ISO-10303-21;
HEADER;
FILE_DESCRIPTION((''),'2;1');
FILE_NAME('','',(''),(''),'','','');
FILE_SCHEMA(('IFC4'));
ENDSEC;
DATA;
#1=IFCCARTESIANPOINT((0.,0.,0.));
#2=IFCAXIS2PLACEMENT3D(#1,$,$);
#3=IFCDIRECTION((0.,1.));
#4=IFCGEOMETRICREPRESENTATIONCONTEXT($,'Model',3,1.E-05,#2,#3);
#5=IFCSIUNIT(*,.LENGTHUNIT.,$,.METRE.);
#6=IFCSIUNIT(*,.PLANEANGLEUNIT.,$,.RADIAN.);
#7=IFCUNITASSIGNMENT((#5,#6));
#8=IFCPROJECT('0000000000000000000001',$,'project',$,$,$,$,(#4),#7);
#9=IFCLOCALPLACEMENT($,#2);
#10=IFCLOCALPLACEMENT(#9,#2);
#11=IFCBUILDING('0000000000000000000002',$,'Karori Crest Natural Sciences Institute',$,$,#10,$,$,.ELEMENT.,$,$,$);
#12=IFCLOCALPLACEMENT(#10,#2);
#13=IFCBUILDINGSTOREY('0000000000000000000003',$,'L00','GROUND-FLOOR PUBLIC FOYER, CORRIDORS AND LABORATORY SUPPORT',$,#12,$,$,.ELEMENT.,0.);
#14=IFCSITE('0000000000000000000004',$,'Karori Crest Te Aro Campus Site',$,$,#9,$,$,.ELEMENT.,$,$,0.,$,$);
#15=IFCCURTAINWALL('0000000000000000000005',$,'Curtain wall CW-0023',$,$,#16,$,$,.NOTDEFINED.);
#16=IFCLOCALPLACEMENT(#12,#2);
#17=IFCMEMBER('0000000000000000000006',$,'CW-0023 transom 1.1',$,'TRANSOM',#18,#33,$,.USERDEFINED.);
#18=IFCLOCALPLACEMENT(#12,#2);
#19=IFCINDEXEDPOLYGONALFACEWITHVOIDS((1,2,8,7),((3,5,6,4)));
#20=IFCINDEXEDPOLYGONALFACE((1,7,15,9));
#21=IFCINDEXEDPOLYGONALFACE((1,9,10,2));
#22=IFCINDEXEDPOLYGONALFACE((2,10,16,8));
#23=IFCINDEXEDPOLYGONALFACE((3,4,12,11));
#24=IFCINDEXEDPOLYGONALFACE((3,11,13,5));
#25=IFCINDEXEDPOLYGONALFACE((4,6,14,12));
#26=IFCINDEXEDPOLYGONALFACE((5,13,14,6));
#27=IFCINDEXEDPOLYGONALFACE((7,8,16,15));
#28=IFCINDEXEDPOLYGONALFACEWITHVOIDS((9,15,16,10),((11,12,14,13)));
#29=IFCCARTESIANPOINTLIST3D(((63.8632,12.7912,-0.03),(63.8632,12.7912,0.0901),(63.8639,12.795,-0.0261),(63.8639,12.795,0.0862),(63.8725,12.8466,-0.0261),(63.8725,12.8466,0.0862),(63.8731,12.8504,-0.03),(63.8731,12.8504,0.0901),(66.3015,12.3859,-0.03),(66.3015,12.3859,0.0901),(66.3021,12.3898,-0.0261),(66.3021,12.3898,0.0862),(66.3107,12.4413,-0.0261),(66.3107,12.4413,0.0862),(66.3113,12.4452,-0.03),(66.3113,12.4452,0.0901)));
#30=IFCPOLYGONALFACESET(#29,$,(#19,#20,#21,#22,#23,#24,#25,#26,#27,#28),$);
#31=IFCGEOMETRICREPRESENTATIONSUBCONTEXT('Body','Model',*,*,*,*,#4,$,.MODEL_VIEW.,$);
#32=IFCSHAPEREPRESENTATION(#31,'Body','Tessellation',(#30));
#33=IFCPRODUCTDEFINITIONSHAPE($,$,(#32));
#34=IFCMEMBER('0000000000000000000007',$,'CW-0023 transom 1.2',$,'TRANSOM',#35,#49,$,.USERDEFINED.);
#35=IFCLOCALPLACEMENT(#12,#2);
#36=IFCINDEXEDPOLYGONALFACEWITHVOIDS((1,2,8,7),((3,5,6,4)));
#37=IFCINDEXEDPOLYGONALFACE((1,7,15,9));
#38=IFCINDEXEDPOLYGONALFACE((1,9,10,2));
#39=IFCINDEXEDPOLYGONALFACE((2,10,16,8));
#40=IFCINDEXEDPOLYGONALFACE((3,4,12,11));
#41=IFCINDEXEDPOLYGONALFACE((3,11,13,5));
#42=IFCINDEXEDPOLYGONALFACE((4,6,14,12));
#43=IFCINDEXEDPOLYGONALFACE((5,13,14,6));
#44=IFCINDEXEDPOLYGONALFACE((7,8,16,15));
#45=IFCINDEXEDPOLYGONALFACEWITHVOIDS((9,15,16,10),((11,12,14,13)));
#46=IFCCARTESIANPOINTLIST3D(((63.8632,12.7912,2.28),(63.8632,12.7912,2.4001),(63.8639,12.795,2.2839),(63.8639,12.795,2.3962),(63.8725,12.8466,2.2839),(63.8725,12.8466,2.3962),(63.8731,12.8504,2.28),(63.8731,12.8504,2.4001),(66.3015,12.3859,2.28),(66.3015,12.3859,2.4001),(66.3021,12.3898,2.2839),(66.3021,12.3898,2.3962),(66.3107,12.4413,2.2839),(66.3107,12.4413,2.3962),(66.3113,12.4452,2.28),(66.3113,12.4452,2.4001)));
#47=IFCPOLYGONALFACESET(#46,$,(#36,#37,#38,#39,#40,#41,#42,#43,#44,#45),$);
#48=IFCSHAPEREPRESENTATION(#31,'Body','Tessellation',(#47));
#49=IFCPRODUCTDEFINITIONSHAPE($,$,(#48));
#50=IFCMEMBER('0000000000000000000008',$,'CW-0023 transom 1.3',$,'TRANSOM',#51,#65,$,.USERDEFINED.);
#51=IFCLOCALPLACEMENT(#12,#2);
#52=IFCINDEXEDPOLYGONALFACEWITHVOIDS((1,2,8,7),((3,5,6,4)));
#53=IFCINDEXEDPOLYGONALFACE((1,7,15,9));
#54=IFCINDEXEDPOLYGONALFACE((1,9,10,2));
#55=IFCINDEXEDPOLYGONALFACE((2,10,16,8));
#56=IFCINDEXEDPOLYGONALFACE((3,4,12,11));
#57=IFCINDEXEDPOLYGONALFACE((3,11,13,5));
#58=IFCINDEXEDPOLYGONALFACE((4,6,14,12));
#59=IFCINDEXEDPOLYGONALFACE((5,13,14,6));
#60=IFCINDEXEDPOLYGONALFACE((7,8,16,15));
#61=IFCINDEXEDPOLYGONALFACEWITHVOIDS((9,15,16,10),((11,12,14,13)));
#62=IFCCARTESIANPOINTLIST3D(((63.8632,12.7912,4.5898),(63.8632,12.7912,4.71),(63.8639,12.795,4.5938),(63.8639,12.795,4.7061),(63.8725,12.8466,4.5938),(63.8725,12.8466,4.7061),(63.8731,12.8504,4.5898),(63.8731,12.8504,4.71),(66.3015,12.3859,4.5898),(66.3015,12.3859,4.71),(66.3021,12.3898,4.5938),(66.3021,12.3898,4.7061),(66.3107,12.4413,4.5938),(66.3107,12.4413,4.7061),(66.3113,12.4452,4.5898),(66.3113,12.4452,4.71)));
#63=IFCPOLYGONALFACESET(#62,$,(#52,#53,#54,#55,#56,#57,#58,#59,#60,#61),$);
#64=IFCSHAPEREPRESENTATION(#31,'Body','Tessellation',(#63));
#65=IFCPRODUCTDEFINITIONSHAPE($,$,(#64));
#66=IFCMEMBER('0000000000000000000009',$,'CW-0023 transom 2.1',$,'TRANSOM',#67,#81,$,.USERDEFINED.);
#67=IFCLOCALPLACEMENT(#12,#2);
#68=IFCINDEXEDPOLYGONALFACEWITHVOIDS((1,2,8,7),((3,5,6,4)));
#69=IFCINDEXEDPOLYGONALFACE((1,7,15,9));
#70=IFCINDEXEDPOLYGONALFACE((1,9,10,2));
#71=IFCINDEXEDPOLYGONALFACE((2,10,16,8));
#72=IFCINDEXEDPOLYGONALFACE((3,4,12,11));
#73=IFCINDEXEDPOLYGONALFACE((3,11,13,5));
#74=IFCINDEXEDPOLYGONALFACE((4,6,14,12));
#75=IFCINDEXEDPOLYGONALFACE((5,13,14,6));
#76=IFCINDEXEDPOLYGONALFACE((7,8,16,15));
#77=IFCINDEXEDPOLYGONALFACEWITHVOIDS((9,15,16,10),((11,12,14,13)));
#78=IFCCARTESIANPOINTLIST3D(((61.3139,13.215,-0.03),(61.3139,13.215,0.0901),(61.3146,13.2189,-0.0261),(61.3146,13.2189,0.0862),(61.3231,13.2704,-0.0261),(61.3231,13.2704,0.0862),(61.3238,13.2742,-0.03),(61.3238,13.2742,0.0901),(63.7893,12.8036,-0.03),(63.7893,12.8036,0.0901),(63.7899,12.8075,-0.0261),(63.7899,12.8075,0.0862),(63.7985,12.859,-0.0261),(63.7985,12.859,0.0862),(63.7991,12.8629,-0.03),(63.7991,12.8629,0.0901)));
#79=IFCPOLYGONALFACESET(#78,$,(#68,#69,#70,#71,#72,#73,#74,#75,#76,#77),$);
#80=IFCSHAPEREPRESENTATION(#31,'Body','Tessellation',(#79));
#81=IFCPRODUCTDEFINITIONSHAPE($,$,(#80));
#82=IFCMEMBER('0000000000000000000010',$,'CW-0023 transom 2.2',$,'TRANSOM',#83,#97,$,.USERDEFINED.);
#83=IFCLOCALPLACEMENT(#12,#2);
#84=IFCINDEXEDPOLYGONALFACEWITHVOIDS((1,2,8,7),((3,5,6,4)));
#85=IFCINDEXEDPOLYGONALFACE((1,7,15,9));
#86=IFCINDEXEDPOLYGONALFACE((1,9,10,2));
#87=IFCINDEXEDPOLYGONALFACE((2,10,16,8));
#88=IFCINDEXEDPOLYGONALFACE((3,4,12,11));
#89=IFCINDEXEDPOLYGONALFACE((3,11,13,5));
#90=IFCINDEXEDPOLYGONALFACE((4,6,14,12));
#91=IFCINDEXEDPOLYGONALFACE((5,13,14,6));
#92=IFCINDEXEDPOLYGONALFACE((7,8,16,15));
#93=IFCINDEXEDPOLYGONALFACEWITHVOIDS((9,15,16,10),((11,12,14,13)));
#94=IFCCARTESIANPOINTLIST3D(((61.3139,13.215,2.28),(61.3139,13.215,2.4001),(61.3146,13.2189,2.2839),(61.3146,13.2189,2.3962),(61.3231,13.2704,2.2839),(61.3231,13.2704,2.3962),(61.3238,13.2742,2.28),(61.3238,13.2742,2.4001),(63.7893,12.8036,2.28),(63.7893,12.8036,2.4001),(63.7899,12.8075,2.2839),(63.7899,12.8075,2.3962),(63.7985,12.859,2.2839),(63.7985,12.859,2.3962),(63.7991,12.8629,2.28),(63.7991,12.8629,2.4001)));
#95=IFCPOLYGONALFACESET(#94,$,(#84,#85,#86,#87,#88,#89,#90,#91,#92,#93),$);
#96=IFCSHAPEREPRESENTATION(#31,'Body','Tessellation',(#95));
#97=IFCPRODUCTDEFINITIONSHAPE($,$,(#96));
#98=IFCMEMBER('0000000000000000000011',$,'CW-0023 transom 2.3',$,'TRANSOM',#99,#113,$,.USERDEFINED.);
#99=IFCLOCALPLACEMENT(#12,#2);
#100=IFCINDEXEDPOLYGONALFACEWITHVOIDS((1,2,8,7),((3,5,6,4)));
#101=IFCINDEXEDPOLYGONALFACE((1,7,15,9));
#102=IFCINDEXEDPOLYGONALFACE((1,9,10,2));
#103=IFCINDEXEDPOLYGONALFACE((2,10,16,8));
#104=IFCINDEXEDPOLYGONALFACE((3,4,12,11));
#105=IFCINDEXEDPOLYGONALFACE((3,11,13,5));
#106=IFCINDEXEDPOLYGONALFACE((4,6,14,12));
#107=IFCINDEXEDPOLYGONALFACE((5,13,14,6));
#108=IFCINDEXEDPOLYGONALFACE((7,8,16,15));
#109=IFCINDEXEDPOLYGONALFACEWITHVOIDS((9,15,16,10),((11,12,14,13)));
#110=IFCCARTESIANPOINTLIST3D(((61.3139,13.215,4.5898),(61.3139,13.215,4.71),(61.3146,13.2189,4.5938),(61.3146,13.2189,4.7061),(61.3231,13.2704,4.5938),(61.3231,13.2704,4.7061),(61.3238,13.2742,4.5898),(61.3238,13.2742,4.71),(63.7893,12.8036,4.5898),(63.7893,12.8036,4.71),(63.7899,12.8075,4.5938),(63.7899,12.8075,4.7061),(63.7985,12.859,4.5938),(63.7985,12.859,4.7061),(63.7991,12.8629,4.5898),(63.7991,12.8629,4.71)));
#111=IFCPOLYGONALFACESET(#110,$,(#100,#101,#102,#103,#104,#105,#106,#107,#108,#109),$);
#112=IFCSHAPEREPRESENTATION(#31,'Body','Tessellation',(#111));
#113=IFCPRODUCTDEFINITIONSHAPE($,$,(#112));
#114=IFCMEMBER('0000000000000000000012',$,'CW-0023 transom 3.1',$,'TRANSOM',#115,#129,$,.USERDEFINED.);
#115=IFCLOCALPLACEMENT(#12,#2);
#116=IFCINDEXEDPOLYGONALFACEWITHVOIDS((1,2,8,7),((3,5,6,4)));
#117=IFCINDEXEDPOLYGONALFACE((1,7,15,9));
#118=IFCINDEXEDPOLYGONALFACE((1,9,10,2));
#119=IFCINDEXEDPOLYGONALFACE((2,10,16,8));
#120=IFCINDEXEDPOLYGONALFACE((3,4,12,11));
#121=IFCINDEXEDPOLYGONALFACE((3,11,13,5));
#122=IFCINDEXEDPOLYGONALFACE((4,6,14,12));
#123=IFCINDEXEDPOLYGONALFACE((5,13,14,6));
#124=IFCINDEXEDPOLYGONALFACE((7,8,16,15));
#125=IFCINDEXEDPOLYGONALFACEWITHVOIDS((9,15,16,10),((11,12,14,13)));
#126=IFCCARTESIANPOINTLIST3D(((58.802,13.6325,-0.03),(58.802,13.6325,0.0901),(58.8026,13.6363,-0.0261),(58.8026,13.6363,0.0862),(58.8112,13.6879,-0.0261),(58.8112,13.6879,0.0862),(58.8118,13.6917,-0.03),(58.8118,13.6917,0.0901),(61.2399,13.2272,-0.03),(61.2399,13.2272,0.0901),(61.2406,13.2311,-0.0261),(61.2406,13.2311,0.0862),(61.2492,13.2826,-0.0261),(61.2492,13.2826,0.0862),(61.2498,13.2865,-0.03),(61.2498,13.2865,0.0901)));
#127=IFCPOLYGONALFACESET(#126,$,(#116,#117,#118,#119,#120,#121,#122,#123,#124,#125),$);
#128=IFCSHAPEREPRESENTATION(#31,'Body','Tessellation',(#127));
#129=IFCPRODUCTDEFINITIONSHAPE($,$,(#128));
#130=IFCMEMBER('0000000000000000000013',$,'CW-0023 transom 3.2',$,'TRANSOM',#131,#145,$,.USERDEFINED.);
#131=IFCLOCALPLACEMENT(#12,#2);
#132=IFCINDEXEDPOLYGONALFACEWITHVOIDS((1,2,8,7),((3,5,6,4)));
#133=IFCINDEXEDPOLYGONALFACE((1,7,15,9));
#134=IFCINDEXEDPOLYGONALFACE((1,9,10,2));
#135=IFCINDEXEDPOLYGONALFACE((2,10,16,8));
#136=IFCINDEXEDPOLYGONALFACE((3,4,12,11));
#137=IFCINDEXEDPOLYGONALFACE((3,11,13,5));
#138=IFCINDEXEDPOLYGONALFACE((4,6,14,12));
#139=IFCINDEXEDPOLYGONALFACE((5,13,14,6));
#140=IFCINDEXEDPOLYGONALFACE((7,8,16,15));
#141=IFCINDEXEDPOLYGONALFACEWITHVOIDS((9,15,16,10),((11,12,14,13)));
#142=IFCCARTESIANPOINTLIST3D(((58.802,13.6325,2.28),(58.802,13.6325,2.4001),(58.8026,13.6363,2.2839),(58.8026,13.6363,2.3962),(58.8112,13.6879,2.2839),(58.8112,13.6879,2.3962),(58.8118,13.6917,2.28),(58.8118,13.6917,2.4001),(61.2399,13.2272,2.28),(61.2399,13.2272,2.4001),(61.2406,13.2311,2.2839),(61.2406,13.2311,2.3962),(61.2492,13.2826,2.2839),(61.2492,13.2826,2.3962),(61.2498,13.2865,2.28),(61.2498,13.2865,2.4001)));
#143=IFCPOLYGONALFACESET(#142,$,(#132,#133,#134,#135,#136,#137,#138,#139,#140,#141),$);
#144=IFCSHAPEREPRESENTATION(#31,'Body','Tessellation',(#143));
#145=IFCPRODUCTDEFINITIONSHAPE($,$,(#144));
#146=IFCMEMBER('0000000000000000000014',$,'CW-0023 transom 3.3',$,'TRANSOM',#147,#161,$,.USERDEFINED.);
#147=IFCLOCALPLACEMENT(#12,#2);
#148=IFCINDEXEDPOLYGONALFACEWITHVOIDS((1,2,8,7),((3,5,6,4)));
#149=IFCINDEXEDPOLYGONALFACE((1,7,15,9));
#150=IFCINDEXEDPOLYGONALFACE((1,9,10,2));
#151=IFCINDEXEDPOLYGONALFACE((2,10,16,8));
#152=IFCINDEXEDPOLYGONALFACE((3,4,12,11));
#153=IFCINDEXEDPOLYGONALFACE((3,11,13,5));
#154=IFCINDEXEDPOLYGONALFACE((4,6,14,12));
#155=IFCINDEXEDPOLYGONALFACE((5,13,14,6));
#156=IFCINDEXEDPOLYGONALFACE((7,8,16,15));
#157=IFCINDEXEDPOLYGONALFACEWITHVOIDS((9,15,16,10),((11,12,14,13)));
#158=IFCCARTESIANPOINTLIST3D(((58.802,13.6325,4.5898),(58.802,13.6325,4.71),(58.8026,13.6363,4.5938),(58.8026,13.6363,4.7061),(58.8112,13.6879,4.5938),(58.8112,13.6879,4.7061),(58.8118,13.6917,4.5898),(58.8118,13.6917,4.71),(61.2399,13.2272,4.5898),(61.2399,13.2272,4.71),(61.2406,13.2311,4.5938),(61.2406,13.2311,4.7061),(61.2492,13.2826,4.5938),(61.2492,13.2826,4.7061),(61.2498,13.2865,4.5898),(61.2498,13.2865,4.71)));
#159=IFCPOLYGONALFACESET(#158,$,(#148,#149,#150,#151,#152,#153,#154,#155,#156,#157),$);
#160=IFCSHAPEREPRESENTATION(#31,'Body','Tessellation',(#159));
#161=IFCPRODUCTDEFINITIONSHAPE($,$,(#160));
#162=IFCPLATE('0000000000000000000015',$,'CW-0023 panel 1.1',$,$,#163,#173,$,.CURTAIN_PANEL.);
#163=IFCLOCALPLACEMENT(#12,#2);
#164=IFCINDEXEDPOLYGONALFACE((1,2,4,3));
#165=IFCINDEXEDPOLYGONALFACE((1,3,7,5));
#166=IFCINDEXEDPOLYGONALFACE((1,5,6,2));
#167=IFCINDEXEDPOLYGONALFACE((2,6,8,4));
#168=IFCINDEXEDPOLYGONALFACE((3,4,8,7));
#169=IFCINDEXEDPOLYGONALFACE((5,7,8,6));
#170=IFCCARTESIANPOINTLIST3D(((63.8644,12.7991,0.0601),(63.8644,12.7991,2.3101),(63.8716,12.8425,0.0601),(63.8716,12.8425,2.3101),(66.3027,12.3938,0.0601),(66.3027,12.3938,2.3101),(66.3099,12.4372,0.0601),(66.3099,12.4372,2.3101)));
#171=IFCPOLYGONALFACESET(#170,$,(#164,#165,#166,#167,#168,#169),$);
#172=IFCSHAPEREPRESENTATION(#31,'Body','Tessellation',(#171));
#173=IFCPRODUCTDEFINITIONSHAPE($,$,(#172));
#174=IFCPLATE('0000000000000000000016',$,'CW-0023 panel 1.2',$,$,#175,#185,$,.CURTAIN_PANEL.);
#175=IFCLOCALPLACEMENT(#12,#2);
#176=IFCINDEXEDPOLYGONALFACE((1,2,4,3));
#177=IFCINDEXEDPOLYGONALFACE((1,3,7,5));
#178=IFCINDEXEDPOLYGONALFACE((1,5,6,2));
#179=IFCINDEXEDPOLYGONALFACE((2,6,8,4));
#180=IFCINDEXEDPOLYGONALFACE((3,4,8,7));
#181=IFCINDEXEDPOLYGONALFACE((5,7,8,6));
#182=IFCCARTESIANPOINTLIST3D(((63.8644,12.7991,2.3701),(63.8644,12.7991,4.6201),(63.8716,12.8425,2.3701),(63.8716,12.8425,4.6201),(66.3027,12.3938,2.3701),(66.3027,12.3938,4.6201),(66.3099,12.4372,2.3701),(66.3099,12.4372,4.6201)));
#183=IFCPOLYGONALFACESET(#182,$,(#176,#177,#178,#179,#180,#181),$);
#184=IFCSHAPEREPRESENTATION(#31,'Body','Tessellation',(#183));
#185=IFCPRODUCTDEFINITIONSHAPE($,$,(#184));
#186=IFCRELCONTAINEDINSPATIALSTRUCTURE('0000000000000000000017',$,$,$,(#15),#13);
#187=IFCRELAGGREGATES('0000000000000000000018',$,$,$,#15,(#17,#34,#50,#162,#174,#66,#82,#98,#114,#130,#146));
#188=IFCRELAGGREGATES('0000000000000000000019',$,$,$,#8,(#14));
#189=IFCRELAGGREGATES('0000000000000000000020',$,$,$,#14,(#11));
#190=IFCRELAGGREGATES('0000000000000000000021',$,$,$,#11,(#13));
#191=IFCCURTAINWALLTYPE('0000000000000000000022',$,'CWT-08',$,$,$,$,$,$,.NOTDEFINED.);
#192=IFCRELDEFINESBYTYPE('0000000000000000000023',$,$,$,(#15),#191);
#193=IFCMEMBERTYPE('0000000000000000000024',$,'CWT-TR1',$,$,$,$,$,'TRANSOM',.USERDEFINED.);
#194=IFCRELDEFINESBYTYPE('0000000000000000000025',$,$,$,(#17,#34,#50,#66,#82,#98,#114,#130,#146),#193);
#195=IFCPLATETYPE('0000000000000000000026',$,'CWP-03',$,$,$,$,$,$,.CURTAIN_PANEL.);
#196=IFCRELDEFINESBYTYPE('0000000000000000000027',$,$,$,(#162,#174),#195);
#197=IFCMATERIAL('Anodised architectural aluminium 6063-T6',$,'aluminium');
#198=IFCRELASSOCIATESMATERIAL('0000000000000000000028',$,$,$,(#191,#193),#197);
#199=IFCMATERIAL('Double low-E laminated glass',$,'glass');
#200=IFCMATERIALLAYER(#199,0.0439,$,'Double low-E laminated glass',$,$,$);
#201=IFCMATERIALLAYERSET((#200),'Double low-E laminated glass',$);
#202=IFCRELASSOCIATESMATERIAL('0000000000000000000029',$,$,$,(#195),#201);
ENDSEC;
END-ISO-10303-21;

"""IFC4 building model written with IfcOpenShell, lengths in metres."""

from ifc_helpers import new_model, si_unit, direction, frame, origin, origin_2d, place, context, subcontext, project, spatial, rectangle, hollow_rectangle, extrude, material, layer, layer_set, material_profile, profile_set, type_object, element, aggregate, save


model = new_model("IFC4")

# Units and contexts
model_context = context("Model", 3, precision=1e-05, world=origin(), true_north=direction((0.0, 1.0)))
body_context = subcontext(model_context, "Body", "Model", "MODEL_VIEW")
ifc_project = project(units=[si_unit("LENGTHUNIT", "METRE"), si_unit("PLANEANGLEUNIT", "RADIAN")], contexts=[model_context])

# Site, building, storey
site_placement = place(None, origin())
site = spatial("IfcSite", under=ifc_project, at=site_placement, Name="Karori Crest Te Aro Campus Site", CompositionType="ELEMENT", RefElevation=0.0)
building_placement = place(site_placement, origin())
building = spatial("IfcBuilding", under=site, at=building_placement, Name="Karori Crest Natural Sciences Institute", CompositionType="ELEMENT")
storey_placement = place(building_placement, origin())
storey = spatial("IfcBuildingStorey", under=building, at=storey_placement, Name="L00", Description="GROUND-FLOOR PUBLIC FOYER, CORRIDORS AND LABORATORY SUPPORT", CompositionType="ELEMENT", Elevation=0.0)

# Curtain wall, members, plates
ifc_material_1 = material(Name="Anodised architectural aluminium 6063-T6", Category="aluminium")
curtain_wall_type = type_object("IfcCurtainWallType", Name="CWT-08", PredefinedType="NOTDEFINED", material=ifc_material_1)
curtain_wall_placement = place(storey_placement, origin())
curtain_wall = element("IfcCurtainWall", 1, at=curtain_wall_placement, inside=storey, type_object=curtain_wall_type, Name="Curtain wall CW-0023", PredefinedType="NOTDEFINED")
ifc_material_profile_1 = material_profile(ifc_material_1, hollow_rectangle(XDim=0.0601, YDim=0.1201, WallThickness=0.0039, at=origin_2d()), Name="CWT120x60x4")
ifc_profile_set_1 = profile_set([ifc_material_profile_1], Name="Anodised architectural aluminium 6063-T6")
member_type_1 = type_object("IfcMemberType", Name="CWT-TR1", ElementType="TRANSOM", PredefinedType="USERDEFINED", material=ifc_profile_set_1)
member_1_placement = place(storey_placement, frame((66.3064, 12.4155, 0.03), z_axis=(-0.986466, 0.163966, 0.0), x_axis=(-0.163966, -0.986466, 0.0)))
member_1 = element("IfcMember", 2, at=member_1_placement, type_object=member_type_1, Name="CW-0023 transom 1.1", ObjectType="TRANSOM", PredefinedType="USERDEFINED", context=body_context, shape_type="SweptSolid", body=[
    extrude(hollow_rectangle(XDim=0.0601, YDim=0.1201, WallThickness=0.0039, at=origin_2d()), origin(), (0.0, 0.0, 1.0), 2.4717),
])
member_2_placement = place(storey_placement, frame((66.3064, 12.4155, 2.3401), z_axis=(-0.986466, 0.163966, 0.0), x_axis=(-0.163966, -0.986466, 0.0)))
member_2 = element("IfcMember", 3, at=member_2_placement, type_object=member_type_1, Name="CW-0023 transom 1.2", ObjectType="TRANSOM", PredefinedType="USERDEFINED", context=body_context, shape_type="SweptSolid", body=[
    extrude(hollow_rectangle(XDim=0.0601, YDim=0.1201, WallThickness=0.0039, at=origin_2d()), origin(), (0.0, 0.0, 1.0), 2.4717),
])
member_3_placement = place(storey_placement, frame((66.3064, 12.4155, 4.6499), z_axis=(-0.986466, 0.163966, 0.0), x_axis=(-0.163966, -0.986466, 0.0)))
member_3 = element("IfcMember", 4, at=member_3_placement, type_object=member_type_1, Name="CW-0023 transom 1.3", ObjectType="TRANSOM", PredefinedType="USERDEFINED", context=body_context, shape_type="SweptSolid", body=[
    extrude(hollow_rectangle(XDim=0.0601, YDim=0.1201, WallThickness=0.0039, at=origin_2d()), origin(), (0.0, 0.0, 1.0), 2.4717),
])
member_4_placement = place(storey_placement, frame((63.7942, 12.8333, 0.03), z_axis=(-0.98647, 0.163941, 0.0), x_axis=(-0.163941, -0.98647, 0.0)))
member_4 = element("IfcMember", 5, at=member_4_placement, type_object=member_type_1, Name="CW-0023 transom 2.1", ObjectType="TRANSOM", PredefinedType="USERDEFINED", context=body_context, shape_type="SweptSolid", body=[
    extrude(hollow_rectangle(XDim=0.0601, YDim=0.1201, WallThickness=0.0039, at=origin_2d()), origin(), (0.0, 0.0, 1.0), 2.5093),
])
member_5_placement = place(storey_placement, frame((63.7942, 12.8333, 2.3401), z_axis=(-0.98647, 0.163941, 0.0), x_axis=(-0.163941, -0.98647, 0.0)))
member_5 = element("IfcMember", 6, at=member_5_placement, type_object=member_type_1, Name="CW-0023 transom 2.2", ObjectType="TRANSOM", PredefinedType="USERDEFINED", context=body_context, shape_type="SweptSolid", body=[
    extrude(hollow_rectangle(XDim=0.0601, YDim=0.1201, WallThickness=0.0039, at=origin_2d()), origin(), (0.0, 0.0, 1.0), 2.5093),
])
member_6_placement = place(storey_placement, frame((63.7942, 12.8333, 4.6499), z_axis=(-0.98647, 0.163941, 0.0), x_axis=(-0.163941, -0.98647, 0.0)))
member_6 = element("IfcMember", 7, at=member_6_placement, type_object=member_type_1, Name="CW-0023 transom 2.3", ObjectType="TRANSOM", PredefinedType="USERDEFINED", context=body_context, shape_type="SweptSolid", body=[
    extrude(hollow_rectangle(XDim=0.0601, YDim=0.1201, WallThickness=0.0039, at=origin_2d()), origin(), (0.0, 0.0, 1.0), 2.5093),
])
member_7_placement = place(storey_placement, frame((61.2449, 13.2568, 0.03), z_axis=(-0.986463, 0.163982, 0.0), x_axis=(-0.163982, -0.986463, 0.0)))
member_7 = element("IfcMember", 8, at=member_7_placement, type_object=member_type_1, Name="CW-0023 transom 3.1", ObjectType="TRANSOM", PredefinedType="USERDEFINED", context=body_context, shape_type="SweptSolid", body=[
    extrude(hollow_rectangle(XDim=0.0601, YDim=0.1201, WallThickness=0.0039, at=origin_2d()), origin(), (0.0, 0.0, 1.0), 2.4714),
])
member_8_placement = place(storey_placement, frame((61.2449, 13.2568, 2.3401), z_axis=(-0.986463, 0.163982, 0.0), x_axis=(-0.163982, -0.986463, 0.0)))
member_8 = element("IfcMember", 9, at=member_8_placement, type_object=member_type_1, Name="CW-0023 transom 3.2", ObjectType="TRANSOM", PredefinedType="USERDEFINED", context=body_context, shape_type="SweptSolid", body=[
    extrude(hollow_rectangle(XDim=0.0601, YDim=0.1201, WallThickness=0.0039, at=origin_2d()), origin(), (0.0, 0.0, 1.0), 2.4714),
])
member_9_placement = place(storey_placement, frame((61.2449, 13.2568, 4.6499), z_axis=(-0.986463, 0.163982, 0.0), x_axis=(-0.163982, -0.986463, 0.0)))
member_9 = element("IfcMember", 10, at=member_9_placement, type_object=member_type_1, Name="CW-0023 transom 3.3", ObjectType="TRANSOM", PredefinedType="USERDEFINED", context=body_context, shape_type="SweptSolid", body=[
    extrude(hollow_rectangle(XDim=0.0601, YDim=0.1201, WallThickness=0.0039, at=origin_2d()), origin(), (0.0, 0.0, 1.0), 2.4714),
])
ifc_material_2 = material(Name="Double low-E laminated glass", Category="glass")
ifc_layer_1 = layer(ifc_material_2, 0.0439, Name="Double low-E laminated glass")
ifc_layer_set_1 = layer_set([ifc_layer_1], Name="Double low-E laminated glass")
plate_type = type_object("IfcPlateType", Name="CWP-03", PredefinedType="CURTAIN_PANEL", material=ifc_layer_set_1)
plate_1_placement = place(storey_placement, frame((65.0872, 12.6182, 0.0601), z_axis=(0.0, 0.0, 1.0), x_axis=(-0.986465, 0.163974, 0.0)))
plate_1 = element("IfcPlate", 11, at=plate_1_placement, type_object=plate_type, Name="CW-0023 panel 1.1", PredefinedType="CURTAIN_PANEL", context=body_context, shape_type="SweptSolid", body=[
    extrude(rectangle(XDim=2.4717, YDim=0.0439, at=origin_2d()), origin(), (0.0, 0.0, 1.0), 2.25),
])
plate_2_placement = place(storey_placement, frame((65.0872, 12.6182, 2.3701), z_axis=(0.0, 0.0, 1.0), x_axis=(-0.986465, 0.163974, 0.0)))
plate_2 = element("IfcPlate", 12, at=plate_2_placement, type_object=plate_type, Name="CW-0023 panel 1.2", PredefinedType="CURTAIN_PANEL", context=body_context, shape_type="SweptSolid", body=[
    extrude(rectangle(XDim=2.4717, YDim=0.0439, at=origin_2d()), origin(), (0.0, 0.0, 1.0), 2.25),
])
aggregate(curtain_wall, [member_1, member_2, member_3, plate_1, plate_2, member_4, member_5, member_6, member_7, member_8, member_9])

save(model, "model.ifc")
